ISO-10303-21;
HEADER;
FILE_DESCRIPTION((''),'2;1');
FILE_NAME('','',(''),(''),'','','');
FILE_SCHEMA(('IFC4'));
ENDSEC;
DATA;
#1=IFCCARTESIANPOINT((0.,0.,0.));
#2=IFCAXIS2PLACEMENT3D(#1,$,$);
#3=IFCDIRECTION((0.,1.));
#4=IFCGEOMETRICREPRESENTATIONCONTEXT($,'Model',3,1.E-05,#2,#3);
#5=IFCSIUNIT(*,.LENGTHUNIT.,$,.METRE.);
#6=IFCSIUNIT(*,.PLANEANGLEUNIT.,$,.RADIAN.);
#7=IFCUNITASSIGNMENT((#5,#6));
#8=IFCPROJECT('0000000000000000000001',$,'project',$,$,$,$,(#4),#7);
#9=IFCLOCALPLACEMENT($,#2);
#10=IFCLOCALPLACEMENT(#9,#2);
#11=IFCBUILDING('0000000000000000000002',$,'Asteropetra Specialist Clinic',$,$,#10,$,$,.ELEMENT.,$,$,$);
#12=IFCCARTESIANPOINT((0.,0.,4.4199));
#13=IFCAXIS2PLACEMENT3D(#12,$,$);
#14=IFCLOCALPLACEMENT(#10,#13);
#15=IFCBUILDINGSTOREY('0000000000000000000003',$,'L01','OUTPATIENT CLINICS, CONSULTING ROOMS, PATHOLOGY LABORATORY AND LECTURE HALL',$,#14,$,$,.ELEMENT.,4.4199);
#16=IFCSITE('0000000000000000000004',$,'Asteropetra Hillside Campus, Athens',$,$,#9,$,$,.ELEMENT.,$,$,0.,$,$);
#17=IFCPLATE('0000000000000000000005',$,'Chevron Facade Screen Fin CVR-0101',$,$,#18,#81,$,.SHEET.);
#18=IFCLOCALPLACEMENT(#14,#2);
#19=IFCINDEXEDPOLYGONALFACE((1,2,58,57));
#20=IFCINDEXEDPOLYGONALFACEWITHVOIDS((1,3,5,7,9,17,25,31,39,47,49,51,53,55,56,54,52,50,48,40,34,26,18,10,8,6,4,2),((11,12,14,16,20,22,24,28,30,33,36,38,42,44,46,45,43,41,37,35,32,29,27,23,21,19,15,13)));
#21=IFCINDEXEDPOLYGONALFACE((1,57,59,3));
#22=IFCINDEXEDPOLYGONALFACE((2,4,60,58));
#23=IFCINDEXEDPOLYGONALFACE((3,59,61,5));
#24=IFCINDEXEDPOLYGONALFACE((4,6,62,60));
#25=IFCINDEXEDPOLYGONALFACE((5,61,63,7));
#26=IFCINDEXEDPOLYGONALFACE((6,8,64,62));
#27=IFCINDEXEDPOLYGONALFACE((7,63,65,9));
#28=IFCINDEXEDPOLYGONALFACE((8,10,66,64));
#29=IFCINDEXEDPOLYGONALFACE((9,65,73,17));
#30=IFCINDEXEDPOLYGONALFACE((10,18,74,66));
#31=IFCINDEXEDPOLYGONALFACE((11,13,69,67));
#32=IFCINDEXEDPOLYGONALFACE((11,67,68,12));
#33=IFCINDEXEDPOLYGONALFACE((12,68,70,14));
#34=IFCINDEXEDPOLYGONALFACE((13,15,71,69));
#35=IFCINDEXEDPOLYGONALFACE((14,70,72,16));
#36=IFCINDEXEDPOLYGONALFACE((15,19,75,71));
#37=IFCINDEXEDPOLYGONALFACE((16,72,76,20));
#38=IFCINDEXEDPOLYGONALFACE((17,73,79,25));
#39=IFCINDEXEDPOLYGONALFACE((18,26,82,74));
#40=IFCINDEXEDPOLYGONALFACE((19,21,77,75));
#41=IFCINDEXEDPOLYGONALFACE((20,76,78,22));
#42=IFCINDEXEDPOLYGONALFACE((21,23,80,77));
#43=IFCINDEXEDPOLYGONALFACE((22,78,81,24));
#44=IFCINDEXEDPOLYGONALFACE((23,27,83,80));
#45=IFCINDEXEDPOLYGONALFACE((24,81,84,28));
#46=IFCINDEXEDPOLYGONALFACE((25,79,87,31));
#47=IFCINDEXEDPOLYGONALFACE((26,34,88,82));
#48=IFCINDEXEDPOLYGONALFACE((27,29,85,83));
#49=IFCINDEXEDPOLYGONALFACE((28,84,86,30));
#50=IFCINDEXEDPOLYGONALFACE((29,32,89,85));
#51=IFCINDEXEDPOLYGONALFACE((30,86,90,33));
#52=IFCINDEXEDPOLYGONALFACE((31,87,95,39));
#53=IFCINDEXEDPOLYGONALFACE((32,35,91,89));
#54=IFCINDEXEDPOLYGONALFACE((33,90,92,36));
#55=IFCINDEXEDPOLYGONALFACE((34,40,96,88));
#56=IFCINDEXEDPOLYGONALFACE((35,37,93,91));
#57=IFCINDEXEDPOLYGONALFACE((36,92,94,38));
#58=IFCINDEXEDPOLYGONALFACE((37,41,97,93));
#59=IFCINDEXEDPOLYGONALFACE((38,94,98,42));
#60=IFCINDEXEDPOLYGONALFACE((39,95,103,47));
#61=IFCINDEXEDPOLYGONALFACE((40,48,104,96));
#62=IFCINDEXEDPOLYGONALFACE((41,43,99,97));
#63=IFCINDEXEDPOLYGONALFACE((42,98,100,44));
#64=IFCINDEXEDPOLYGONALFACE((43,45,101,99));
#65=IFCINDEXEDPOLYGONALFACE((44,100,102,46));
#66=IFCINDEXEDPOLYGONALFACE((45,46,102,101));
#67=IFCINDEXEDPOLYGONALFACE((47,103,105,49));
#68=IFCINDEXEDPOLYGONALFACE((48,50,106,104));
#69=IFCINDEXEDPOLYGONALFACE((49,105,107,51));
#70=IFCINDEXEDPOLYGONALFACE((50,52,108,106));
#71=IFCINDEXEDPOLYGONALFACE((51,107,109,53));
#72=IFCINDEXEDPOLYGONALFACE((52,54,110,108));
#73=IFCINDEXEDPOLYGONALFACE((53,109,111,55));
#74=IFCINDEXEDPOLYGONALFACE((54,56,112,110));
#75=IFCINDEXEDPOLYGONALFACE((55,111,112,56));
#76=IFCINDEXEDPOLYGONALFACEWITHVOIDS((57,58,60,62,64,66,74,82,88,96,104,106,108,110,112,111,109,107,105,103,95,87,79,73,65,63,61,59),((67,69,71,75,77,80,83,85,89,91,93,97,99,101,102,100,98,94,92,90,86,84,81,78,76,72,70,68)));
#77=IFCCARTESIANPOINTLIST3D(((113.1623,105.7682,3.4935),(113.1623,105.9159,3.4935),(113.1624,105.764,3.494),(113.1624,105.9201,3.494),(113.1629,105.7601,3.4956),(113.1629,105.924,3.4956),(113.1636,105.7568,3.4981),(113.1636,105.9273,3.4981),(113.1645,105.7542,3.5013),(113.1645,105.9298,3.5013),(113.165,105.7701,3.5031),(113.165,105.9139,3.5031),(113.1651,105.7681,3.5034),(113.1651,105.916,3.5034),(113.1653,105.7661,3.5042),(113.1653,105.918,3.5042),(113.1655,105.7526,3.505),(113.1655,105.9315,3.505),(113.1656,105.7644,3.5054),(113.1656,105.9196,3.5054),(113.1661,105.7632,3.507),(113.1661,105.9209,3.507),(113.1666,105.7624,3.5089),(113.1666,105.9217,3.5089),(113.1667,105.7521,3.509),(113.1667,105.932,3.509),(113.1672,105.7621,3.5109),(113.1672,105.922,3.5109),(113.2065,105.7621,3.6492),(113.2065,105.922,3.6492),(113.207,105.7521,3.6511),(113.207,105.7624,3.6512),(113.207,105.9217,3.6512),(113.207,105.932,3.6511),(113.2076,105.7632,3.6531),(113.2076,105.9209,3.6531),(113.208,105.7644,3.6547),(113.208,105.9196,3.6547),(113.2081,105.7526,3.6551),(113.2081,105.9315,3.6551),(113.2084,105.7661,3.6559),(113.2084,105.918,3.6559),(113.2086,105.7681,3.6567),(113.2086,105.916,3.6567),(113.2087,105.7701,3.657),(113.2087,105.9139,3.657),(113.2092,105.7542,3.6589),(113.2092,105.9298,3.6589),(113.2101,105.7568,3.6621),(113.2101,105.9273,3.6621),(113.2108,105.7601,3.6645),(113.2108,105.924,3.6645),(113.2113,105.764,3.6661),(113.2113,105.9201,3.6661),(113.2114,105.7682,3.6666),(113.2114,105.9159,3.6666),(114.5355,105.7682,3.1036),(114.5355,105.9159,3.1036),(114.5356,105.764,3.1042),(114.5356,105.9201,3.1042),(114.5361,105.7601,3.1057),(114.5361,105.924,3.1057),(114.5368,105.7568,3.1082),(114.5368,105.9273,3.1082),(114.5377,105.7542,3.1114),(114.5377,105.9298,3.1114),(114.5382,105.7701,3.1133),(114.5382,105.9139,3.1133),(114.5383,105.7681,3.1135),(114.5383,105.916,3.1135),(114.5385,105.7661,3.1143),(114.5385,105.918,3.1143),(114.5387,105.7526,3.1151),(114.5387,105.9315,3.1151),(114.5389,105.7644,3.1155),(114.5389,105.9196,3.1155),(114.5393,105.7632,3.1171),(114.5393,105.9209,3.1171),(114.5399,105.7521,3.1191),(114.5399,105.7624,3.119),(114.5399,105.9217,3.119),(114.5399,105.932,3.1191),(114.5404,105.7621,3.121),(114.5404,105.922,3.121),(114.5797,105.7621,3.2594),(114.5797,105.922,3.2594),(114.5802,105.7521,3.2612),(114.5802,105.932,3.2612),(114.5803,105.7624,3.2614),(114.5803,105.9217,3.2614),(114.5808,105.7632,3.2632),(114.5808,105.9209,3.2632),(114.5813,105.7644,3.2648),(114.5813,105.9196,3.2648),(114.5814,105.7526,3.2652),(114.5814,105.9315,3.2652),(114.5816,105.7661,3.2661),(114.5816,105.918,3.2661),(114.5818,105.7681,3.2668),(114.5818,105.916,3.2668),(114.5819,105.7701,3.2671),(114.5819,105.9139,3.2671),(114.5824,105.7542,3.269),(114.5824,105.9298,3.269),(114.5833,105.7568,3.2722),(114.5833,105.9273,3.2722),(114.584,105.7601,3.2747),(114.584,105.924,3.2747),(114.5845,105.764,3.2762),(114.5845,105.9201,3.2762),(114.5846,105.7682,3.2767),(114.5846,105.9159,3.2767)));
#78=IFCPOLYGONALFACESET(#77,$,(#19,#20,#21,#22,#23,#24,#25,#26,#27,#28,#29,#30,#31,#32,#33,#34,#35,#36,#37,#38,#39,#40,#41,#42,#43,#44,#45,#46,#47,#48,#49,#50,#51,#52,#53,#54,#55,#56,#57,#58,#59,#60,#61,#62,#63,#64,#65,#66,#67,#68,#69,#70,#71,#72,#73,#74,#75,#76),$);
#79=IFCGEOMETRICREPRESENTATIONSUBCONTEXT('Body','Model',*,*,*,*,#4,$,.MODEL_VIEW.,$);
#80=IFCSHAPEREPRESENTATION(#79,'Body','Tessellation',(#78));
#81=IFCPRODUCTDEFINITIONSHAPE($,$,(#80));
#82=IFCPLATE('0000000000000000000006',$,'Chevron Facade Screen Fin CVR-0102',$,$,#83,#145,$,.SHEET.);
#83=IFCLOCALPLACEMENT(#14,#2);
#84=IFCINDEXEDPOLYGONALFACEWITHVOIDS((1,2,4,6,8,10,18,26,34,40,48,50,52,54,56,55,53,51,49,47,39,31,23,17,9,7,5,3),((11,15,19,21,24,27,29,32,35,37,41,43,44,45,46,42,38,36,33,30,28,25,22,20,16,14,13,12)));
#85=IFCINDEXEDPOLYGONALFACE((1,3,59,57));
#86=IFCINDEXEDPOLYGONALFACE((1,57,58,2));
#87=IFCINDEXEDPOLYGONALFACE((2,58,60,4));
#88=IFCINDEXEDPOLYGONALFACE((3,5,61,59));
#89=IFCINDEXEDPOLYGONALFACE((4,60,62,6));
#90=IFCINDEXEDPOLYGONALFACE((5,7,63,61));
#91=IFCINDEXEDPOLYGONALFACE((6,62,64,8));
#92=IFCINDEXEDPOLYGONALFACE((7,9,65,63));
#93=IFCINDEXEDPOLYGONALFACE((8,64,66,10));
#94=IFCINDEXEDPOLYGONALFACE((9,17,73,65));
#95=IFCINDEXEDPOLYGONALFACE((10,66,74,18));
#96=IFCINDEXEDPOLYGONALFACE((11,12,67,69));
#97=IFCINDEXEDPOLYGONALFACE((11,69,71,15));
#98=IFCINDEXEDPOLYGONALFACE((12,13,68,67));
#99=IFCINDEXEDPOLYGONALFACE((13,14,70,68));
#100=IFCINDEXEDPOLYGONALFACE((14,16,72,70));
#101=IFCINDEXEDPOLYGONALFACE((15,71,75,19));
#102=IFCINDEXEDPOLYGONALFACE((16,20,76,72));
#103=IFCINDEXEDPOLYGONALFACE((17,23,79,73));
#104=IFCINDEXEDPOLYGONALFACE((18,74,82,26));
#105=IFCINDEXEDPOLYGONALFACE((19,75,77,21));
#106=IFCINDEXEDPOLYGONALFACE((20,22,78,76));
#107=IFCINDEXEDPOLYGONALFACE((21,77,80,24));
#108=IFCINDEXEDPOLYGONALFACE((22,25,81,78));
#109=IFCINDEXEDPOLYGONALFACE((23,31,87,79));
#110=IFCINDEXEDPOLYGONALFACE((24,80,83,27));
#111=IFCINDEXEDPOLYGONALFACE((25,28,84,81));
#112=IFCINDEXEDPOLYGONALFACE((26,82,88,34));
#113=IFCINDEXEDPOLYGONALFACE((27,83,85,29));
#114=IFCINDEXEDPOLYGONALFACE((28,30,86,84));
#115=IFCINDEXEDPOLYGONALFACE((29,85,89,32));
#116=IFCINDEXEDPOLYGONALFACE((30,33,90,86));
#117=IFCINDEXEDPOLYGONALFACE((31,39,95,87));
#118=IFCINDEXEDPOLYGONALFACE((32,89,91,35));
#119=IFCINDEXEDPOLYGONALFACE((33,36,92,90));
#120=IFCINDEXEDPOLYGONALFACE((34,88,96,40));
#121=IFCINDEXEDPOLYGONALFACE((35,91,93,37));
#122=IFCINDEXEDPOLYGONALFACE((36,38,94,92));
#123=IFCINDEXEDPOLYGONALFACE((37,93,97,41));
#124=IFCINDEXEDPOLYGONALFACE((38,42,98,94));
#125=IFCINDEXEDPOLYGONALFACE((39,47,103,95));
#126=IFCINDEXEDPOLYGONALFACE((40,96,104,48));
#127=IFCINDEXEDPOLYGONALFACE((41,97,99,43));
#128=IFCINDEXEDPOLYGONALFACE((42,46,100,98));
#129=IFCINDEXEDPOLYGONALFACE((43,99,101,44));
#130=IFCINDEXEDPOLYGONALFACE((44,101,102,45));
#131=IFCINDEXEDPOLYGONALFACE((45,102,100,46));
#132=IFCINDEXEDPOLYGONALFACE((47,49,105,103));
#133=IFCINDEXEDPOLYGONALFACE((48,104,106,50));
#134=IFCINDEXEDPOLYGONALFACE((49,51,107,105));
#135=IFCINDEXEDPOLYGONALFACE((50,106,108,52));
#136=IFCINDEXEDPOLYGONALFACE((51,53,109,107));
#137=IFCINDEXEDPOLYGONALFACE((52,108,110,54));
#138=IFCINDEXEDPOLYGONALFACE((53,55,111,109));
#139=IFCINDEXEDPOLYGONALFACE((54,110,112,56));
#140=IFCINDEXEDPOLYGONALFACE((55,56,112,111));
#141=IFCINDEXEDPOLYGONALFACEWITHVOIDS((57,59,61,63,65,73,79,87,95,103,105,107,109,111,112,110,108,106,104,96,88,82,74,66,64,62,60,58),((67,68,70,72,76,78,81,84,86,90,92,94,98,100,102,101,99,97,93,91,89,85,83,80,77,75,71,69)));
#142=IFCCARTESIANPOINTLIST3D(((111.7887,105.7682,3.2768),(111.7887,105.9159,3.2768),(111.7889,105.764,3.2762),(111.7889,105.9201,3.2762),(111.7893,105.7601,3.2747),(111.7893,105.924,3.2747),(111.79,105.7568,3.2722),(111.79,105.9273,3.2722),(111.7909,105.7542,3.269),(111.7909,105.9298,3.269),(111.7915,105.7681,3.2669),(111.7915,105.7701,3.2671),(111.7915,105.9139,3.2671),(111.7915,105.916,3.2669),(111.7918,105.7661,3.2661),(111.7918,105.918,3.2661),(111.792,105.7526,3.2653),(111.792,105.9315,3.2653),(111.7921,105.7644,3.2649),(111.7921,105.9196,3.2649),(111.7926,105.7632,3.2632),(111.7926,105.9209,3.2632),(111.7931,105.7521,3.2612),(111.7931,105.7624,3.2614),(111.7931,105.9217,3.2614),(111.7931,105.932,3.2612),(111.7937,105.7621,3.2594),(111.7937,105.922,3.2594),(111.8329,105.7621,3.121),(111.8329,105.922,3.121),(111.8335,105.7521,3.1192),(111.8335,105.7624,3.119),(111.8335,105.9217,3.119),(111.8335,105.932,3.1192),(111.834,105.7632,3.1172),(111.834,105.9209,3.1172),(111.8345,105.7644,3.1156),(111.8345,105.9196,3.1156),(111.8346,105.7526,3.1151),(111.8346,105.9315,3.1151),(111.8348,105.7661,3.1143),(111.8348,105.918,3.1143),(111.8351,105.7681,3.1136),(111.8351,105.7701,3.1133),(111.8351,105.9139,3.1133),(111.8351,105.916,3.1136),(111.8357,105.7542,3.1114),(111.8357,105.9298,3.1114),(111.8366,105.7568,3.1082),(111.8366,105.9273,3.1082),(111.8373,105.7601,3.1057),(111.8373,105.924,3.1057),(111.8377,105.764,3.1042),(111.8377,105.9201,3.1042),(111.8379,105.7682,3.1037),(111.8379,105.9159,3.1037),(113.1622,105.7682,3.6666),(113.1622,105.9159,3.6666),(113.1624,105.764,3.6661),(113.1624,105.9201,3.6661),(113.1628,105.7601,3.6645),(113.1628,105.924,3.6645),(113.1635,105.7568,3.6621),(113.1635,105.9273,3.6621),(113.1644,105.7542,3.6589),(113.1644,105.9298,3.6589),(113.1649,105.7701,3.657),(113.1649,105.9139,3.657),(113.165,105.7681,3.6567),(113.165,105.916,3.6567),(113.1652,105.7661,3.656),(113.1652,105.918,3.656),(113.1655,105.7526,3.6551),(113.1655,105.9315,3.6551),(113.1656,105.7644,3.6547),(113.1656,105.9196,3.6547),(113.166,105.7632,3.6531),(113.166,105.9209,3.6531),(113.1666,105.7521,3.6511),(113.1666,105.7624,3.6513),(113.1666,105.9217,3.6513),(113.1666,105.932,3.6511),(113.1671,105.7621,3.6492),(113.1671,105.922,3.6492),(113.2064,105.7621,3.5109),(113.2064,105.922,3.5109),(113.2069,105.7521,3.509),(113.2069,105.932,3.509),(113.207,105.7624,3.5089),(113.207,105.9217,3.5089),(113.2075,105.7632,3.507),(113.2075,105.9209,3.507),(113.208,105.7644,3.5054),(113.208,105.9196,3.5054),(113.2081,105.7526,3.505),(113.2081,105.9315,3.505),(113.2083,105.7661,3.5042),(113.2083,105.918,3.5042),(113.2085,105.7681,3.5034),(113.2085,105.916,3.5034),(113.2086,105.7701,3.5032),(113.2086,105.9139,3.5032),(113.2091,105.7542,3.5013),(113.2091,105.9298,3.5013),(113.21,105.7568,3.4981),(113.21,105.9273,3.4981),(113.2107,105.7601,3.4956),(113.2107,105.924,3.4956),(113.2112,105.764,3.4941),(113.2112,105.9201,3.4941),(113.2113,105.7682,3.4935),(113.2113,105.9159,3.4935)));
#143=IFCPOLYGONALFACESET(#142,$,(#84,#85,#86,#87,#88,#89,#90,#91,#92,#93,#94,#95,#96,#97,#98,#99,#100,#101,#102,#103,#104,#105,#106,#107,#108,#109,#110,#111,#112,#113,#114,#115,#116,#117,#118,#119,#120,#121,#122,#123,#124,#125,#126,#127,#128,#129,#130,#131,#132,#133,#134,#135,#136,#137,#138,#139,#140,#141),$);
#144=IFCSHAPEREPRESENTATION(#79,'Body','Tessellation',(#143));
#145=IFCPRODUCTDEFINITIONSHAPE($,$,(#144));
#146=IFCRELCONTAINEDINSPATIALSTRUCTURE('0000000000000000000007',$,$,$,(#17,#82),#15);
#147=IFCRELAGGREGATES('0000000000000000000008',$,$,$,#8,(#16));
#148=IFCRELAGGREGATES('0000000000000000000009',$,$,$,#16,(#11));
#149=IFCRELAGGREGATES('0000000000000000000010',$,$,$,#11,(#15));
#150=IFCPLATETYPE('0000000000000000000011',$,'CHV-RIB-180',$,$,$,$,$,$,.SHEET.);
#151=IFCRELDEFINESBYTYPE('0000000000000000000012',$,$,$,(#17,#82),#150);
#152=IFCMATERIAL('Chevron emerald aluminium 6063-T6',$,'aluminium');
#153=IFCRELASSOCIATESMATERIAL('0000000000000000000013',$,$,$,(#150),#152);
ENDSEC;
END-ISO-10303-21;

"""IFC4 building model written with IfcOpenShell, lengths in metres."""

from ifc_helpers import new_model, si_unit, direction, frame, origin, origin_2d, place, context, subcontext, project, spatial, hollow_rectangle, extrude, material, material_profile, profile_set, type_object, element, save


model = new_model("IFC4")

# Units and contexts
model_context = context("Model", 3, precision=1e-05, world=origin(), true_north=direction((0.0, 1.0)))
body_context = subcontext(model_context, "Body", "Model", "MODEL_VIEW")
ifc_project = project(units=[si_unit("LENGTHUNIT", "METRE"), si_unit("PLANEANGLEUNIT", "RADIAN")], contexts=[model_context])

# Site, building, storey
site_placement = place(None, origin())
site = spatial("IfcSite", under=ifc_project, at=site_placement, Name="Asteropetra Hillside Campus, Athens", CompositionType="ELEMENT", RefElevation=0.0)
building_placement = place(site_placement, origin())
building = spatial("IfcBuilding", under=site, at=building_placement, Name="Asteropetra Specialist Clinic", CompositionType="ELEMENT")
storey_placement = place(building_placement, frame((0.0, 0.0, 4.4199)))
storey = spatial("IfcBuildingStorey", under=building, at=storey_placement, Name="L01", Description="OUTPATIENT CLINICS, CONSULTING ROOMS, PATHOLOGY LABORATORY AND LECTURE HALL", CompositionType="ELEMENT", Elevation=4.4199)

# Plates
ifc_material_1 = material(Name="Chevron emerald aluminium 6063-T6", Category="aluminium")
ifc_material_profile_1 = material_profile(ifc_material_1, hollow_rectangle(XDim=0.1799, YDim=0.1799, WallThickness=0.01, InnerFilletRadius=0.0081, OuterFilletRadius=0.0161, at=origin_2d()), Name="SHS 180x180x10.0")
ifc_profile_set_1 = profile_set([ifc_material_profile_1], Name="Chevron emerald aluminium 6063-T6")
plate_type = type_object("IfcPlateType", Name="CHV-RIB-180", PredefinedType="SHEET", material=ifc_profile_set_1)
plate_1_placement = place(storey_placement, frame((114.5601, 105.842, 3.1902), z_axis=(-0.961981, 0.0, 0.273117), x_axis=(0.0, -1.0, 0.0)))
element("IfcPlate", 1, at=plate_1_placement, inside=storey, type_object=plate_type, Name="Chevron Facade Screen Fin CVR-0101", PredefinedType="SHEET", context=body_context, shape_type="SweptSolid", body=[
    extrude(hollow_rectangle(XDim=0.1799, YDim=0.1799, WallThickness=0.01, InnerFilletRadius=0.0081, OuterFilletRadius=0.0161, at=origin_2d()), origin(), (0.0, 0.0, 1.0), 1.4275),
])
plate_2_placement = place(storey_placement, frame((113.1868, 105.842, 3.5801), z_axis=(-0.961994, 0.0, -0.273072), x_axis=(0.0, -1.0, 0.0)))
element("IfcPlate", 2, at=plate_2_placement, inside=storey, type_object=plate_type, Name="Chevron Facade Screen Fin CVR-0102", PredefinedType="SHEET", context=body_context, shape_type="SweptSolid", body=[
    extrude(hollow_rectangle(XDim=0.1799, YDim=0.1799, WallThickness=0.01, InnerFilletRadius=0.0081, OuterFilletRadius=0.0161, at=origin_2d()), origin(), (0.0, 0.0, 1.0), 1.4277),
])

save(model, "model.ifc")
